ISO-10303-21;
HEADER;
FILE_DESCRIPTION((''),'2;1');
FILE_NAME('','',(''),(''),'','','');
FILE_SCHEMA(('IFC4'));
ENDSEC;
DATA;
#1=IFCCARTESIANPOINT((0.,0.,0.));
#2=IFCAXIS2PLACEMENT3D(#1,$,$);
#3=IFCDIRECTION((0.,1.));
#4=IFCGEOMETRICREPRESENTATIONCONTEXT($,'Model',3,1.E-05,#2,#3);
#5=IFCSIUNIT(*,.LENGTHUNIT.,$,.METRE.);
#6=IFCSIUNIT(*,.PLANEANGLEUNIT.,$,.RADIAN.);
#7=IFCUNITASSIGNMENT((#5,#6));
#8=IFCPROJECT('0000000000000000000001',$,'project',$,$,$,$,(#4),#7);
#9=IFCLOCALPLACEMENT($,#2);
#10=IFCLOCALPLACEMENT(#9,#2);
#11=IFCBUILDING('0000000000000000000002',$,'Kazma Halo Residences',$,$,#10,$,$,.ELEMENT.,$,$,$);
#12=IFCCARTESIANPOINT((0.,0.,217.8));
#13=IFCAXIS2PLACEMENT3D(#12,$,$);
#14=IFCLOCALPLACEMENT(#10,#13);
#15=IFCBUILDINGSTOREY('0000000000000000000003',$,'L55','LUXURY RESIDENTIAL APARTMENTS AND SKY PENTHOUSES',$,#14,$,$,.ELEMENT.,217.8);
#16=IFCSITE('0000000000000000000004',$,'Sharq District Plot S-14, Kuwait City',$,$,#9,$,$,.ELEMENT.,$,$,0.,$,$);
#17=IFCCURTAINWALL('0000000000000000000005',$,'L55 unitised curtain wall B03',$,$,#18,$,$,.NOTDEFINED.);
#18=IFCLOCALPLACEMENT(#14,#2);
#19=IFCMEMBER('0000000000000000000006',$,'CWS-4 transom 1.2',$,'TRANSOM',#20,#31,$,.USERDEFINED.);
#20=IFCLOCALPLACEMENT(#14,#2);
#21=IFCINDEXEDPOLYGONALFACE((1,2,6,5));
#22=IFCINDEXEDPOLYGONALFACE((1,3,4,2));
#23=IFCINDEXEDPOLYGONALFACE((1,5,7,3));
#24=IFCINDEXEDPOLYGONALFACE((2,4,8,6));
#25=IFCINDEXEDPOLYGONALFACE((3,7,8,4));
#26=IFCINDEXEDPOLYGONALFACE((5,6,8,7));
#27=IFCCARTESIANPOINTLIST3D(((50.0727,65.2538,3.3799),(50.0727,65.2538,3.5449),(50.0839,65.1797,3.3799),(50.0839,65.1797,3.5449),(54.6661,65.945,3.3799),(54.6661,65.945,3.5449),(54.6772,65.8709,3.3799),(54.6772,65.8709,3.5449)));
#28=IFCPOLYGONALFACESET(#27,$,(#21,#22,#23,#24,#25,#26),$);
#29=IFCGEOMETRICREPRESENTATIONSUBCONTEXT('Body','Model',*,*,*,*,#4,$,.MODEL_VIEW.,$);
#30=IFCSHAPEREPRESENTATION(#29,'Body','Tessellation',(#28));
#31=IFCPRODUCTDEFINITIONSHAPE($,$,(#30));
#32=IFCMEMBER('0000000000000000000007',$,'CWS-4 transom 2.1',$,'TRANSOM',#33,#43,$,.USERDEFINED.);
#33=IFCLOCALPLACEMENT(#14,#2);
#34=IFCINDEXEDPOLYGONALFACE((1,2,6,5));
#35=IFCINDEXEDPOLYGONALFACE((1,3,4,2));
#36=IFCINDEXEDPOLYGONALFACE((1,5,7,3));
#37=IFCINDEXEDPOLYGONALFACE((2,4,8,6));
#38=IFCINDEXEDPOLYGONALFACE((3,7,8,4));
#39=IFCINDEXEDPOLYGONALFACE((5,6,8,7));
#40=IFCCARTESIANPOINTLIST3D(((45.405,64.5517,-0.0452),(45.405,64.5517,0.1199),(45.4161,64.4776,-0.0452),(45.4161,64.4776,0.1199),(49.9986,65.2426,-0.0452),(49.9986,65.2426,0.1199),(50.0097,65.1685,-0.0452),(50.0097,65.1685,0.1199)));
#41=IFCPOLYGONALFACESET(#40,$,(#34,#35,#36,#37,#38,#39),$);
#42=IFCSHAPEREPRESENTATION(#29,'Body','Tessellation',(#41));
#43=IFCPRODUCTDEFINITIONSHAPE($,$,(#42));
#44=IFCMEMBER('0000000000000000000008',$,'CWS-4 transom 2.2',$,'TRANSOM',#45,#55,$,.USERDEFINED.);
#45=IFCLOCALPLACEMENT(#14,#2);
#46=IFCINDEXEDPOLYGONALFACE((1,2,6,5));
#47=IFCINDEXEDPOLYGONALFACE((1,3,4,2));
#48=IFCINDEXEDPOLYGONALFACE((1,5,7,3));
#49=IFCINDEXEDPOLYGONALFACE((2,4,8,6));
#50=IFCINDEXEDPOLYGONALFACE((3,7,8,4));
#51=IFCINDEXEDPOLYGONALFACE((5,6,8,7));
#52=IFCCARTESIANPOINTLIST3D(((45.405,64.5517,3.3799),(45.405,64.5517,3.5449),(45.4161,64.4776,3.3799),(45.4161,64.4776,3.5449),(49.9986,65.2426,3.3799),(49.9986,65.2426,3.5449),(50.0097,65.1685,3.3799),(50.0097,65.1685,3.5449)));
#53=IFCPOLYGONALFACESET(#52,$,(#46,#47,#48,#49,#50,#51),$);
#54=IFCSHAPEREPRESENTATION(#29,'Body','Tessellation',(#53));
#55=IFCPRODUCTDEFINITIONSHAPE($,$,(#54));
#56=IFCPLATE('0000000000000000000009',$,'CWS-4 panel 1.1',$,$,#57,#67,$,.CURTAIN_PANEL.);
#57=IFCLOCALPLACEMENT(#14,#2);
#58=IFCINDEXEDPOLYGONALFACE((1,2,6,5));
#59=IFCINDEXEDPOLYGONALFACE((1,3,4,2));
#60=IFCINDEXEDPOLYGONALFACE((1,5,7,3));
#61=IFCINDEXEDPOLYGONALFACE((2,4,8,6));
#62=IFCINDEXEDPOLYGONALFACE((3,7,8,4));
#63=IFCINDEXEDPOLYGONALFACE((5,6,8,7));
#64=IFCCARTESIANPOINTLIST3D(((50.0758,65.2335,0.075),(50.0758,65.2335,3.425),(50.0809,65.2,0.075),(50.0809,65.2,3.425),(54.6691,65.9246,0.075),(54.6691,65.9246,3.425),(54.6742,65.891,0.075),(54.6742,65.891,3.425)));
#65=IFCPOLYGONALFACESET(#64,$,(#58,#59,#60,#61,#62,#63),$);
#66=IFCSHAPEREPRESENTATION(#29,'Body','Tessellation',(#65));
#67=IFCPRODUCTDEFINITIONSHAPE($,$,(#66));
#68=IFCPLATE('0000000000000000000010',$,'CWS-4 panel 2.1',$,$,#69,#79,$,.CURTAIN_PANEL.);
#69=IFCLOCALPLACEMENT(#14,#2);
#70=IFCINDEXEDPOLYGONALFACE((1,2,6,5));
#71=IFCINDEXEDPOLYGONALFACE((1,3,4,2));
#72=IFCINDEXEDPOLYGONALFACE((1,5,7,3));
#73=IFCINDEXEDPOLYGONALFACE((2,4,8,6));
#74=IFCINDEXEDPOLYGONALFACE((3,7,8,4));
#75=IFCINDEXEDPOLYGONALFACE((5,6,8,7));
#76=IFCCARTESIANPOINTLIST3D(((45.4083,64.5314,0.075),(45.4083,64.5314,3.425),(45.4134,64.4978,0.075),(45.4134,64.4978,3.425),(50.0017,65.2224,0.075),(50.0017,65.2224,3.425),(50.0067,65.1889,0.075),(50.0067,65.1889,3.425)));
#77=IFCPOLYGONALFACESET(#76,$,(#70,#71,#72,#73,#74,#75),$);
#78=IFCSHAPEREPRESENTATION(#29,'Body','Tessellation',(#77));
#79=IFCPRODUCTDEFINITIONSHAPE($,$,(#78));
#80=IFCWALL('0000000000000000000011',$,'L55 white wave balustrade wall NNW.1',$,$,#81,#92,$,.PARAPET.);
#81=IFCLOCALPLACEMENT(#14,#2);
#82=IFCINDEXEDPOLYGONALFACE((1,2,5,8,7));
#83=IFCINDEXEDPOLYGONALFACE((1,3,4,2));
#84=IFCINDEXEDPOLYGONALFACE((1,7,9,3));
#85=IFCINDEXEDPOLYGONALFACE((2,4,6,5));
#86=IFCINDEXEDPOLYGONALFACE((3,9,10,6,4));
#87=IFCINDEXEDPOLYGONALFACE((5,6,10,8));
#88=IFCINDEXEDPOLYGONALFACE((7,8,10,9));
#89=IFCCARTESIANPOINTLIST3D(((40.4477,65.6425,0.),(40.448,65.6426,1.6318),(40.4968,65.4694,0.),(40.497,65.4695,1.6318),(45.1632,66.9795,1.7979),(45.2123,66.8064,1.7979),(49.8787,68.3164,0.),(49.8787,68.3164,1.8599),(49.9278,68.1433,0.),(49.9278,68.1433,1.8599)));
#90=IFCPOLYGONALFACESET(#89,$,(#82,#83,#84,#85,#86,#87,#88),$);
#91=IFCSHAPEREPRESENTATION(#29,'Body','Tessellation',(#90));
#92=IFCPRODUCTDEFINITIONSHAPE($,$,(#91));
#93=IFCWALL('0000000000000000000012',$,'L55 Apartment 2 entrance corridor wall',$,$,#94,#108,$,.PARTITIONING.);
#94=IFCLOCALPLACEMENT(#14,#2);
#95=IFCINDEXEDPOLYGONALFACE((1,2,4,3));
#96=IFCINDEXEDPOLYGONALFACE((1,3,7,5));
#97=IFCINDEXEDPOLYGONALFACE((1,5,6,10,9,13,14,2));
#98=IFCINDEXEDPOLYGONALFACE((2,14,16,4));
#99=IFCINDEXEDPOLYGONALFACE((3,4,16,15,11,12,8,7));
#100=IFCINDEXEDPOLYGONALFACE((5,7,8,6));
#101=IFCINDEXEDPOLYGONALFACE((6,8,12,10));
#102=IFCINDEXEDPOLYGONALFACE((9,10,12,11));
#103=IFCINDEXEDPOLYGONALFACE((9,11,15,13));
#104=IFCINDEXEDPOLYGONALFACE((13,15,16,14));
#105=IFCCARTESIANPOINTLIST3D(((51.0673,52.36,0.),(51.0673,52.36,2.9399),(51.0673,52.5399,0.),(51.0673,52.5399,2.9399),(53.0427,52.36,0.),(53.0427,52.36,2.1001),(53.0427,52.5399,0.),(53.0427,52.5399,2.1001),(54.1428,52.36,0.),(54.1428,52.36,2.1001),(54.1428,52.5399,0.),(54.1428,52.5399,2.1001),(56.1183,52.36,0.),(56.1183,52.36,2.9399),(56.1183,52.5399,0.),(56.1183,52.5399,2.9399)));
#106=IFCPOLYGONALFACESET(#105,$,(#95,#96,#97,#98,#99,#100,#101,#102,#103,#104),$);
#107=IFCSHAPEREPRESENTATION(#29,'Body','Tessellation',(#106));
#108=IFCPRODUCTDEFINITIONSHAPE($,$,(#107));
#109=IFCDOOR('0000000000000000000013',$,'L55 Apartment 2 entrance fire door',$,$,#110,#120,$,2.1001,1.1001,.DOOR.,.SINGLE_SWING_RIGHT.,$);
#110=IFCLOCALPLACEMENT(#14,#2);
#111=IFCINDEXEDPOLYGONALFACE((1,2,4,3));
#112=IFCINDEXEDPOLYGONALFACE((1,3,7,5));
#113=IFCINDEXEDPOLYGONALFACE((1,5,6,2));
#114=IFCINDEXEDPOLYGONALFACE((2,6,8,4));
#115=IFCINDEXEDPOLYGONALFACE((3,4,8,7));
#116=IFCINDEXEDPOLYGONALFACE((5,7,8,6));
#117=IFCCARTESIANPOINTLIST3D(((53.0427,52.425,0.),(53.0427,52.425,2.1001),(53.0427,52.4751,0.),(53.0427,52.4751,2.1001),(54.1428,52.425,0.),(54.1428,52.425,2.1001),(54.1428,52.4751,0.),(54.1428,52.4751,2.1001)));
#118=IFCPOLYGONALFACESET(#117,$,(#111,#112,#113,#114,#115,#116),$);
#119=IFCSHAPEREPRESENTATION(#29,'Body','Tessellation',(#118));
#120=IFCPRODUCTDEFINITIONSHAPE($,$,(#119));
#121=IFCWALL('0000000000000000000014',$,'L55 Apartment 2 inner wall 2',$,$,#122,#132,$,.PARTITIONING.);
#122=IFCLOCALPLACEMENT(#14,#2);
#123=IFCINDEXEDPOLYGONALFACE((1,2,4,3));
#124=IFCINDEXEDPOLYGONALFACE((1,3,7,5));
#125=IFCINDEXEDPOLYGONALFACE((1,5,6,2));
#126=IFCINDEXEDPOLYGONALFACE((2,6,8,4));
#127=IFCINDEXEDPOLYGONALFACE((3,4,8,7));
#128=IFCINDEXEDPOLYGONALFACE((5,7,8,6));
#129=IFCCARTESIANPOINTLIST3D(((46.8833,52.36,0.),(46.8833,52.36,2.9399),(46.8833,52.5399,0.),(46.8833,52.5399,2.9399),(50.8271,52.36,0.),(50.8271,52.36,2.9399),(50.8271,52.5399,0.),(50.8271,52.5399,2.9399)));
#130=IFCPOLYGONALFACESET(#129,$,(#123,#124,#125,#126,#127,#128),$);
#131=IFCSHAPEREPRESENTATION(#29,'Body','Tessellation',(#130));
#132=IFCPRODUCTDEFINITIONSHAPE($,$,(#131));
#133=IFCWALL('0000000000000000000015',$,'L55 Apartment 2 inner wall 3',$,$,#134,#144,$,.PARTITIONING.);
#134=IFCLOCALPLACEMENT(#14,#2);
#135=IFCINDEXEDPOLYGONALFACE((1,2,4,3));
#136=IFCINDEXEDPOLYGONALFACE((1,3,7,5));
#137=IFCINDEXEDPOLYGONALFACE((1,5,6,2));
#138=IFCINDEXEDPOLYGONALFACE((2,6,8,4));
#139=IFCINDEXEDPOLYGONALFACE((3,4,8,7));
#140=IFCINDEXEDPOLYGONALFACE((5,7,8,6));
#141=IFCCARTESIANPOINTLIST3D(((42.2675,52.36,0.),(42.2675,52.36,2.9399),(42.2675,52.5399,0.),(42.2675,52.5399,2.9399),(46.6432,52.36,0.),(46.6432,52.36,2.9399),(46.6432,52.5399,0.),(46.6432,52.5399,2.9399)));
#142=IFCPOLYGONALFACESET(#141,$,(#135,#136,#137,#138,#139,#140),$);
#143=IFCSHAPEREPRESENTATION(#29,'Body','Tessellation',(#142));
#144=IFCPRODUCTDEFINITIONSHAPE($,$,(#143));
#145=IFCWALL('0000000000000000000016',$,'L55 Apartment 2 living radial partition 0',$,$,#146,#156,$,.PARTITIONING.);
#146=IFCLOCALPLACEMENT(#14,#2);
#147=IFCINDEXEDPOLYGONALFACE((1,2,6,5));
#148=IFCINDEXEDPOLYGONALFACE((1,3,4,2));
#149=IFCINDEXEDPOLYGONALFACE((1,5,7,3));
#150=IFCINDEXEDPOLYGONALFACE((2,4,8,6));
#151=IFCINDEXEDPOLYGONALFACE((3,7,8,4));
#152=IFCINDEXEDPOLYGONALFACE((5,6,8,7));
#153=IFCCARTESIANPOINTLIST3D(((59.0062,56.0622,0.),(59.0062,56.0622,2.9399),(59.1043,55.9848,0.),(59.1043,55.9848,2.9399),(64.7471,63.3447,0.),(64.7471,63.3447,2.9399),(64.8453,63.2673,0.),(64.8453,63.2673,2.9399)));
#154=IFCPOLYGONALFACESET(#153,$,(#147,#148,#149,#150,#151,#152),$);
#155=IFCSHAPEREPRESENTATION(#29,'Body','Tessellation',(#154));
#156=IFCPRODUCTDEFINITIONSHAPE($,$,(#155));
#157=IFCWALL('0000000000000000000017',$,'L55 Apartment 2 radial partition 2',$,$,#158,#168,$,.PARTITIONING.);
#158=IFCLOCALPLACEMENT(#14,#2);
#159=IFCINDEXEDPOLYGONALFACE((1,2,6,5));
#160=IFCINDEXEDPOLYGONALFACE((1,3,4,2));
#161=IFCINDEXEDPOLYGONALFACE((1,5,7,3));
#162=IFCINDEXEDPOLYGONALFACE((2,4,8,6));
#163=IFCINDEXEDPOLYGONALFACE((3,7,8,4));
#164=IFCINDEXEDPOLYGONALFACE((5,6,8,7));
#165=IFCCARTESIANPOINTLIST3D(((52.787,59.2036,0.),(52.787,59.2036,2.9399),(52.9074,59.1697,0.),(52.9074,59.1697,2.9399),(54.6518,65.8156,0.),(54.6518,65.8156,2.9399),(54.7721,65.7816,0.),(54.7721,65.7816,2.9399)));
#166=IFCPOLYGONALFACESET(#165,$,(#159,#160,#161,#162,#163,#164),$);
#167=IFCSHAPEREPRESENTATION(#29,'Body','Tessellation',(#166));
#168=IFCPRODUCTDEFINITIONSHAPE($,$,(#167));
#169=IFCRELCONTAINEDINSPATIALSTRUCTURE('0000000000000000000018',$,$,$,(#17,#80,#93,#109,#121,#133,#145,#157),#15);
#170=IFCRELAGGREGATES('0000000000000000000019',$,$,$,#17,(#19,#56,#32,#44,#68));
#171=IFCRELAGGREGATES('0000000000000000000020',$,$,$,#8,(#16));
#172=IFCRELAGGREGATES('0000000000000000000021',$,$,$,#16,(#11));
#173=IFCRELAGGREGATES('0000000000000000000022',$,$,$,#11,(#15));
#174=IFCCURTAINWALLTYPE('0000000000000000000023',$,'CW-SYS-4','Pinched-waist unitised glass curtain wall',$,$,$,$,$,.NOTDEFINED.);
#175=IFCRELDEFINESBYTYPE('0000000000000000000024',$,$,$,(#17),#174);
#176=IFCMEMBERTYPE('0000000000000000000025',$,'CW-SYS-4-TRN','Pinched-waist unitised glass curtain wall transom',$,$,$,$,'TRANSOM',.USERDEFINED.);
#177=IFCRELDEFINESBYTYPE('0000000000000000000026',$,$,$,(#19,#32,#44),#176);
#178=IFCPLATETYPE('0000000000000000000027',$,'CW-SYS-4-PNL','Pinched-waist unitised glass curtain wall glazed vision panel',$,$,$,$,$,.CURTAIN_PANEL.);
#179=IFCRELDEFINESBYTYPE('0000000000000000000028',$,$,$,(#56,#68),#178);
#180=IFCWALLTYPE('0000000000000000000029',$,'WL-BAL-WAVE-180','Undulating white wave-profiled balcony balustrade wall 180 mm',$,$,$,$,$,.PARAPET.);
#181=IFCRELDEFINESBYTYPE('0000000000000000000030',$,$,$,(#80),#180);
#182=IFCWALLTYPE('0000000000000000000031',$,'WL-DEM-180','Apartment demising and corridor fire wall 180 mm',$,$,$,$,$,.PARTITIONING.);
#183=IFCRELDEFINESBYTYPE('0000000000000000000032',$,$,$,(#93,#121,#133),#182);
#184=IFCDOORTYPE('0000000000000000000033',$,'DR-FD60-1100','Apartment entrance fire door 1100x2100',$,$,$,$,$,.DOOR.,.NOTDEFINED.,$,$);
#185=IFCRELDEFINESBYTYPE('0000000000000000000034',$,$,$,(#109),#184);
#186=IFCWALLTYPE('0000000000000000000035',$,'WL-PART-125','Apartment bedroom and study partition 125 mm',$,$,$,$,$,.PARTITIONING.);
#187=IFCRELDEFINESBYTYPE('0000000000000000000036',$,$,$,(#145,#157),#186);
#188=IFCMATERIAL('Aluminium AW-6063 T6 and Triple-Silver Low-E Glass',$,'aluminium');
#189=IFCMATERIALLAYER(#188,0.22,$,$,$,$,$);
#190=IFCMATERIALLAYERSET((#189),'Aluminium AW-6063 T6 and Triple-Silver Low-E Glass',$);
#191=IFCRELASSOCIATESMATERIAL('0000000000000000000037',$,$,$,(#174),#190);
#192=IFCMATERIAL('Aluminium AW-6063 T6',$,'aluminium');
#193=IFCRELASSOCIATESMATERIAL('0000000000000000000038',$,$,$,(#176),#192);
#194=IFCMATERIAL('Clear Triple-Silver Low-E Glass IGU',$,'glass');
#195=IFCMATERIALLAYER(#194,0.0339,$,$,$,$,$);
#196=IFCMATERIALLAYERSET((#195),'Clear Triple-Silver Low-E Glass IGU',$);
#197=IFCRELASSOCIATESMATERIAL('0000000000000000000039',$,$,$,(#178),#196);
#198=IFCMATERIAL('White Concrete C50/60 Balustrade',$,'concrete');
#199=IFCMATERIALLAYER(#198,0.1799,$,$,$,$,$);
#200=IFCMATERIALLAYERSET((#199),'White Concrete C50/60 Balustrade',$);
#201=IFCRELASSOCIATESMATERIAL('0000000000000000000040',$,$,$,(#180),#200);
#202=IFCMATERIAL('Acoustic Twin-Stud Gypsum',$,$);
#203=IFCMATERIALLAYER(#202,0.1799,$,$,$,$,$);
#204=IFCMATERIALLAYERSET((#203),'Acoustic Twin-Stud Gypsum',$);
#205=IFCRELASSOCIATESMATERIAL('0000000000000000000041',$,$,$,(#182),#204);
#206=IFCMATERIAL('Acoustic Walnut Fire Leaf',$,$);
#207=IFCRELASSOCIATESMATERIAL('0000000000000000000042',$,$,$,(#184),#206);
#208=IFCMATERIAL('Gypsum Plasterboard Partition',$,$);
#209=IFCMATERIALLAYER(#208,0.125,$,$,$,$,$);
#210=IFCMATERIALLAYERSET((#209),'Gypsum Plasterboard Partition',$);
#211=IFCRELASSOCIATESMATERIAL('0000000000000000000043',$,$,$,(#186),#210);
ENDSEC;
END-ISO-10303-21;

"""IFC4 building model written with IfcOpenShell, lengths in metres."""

from ifc_helpers import new_model, si_unit, direction, frame, frame_2d, origin, origin_2d, place, context, subcontext, project, spatial, polyline, rectangle, outline, extrude, material, layer, layer_set, material_profile, profile_set, type_object, element, fill, aggregate, save


model = new_model("IFC4")

# Units and contexts
model_context = context("Model", 3, precision=1e-05, world=origin(), true_north=direction((0.0, 1.0)))
body_context = subcontext(model_context, "Body", "Model", "MODEL_VIEW")
ifc_project = project(units=[si_unit("LENGTHUNIT", "METRE"), si_unit("PLANEANGLEUNIT", "RADIAN")], contexts=[model_context])

# Site, building, storey
site_placement = place(None, origin())
site = spatial("IfcSite", under=ifc_project, at=site_placement, Name="Sharq District Plot S-14, Kuwait City", CompositionType="ELEMENT", RefElevation=0.0)
building_placement = place(site_placement, origin())
building = spatial("IfcBuilding", under=site, at=building_placement, Name="Kazma Halo Residences", CompositionType="ELEMENT")
storey_placement = place(building_placement, frame((0.0, 0.0, 217.8)))
storey = spatial("IfcBuildingStorey", under=building, at=storey_placement, Name="L55", Description="LUXURY RESIDENTIAL APARTMENTS AND SKY PENTHOUSES", CompositionType="ELEMENT", Elevation=217.8)

# Curtain wall, members, plates
ifc_material_1 = material(Name="Aluminium AW-6063 T6 and Triple-Silver Low-E Glass", Category="aluminium")
ifc_layer_1 = layer(ifc_material_1, 0.22)
ifc_layer_set_1 = layer_set([ifc_layer_1], Name="Aluminium AW-6063 T6 and Triple-Silver Low-E Glass")
curtain_wall_type = type_object("IfcCurtainWallType", Name="CW-SYS-4", Description="Pinched-waist unitised glass curtain wall", PredefinedType="NOTDEFINED", material=ifc_layer_set_1)
curtain_wall_placement = place(storey_placement, origin())
curtain_wall = element("IfcCurtainWall", 1, at=curtain_wall_placement, inside=storey, type_object=curtain_wall_type, Name="L55 unitised curtain wall B03", PredefinedType="NOTDEFINED")
ifc_material_2 = material(Name="Aluminium AW-6063 T6", Category="aluminium")
ifc_material_profile_1 = material_profile(ifc_material_2, rectangle(XDim=0.075, YDim=0.165, at=origin_2d()), Name="CWT-75x165")
ifc_profile_set_1 = profile_set([ifc_material_profile_1], Name="Aluminium AW-6063 T6")
member_type_1 = type_object("IfcMemberType", Name="CW-SYS-4-TRN", Description="Pinched-waist unitised glass curtain wall transom", ElementType="TRANSOM", PredefinedType="USERDEFINED", material=ifc_profile_set_1)
member_1_placement = place(storey_placement, frame((54.6716, 65.908, 3.4624), z_axis=(-0.988868, -0.148798, 0.0), x_axis=(0.148798, -0.988868, 0.0)))
member_1 = element("IfcMember", 2, at=member_1_placement, type_object=member_type_1, Name="CWS-4 transom 1.2", ObjectType="TRANSOM", PredefinedType="USERDEFINED", context=body_context, shape_type="SweptSolid", body=[
    extrude(rectangle(XDim=0.075, YDim=0.165, at=origin_2d()), origin(), (0.0, 0.0, 1.0), 4.645),
])
member_2_placement = place(storey_placement, frame((50.0042, 65.2056, 0.0374), z_axis=(-0.988877, -0.148739, 0.0), x_axis=(0.148739, -0.988877, 0.0)))
member_2 = element("IfcMember", 3, at=member_2_placement, type_object=member_type_1, Name="CWS-4 transom 2.1", ObjectType="TRANSOM", PredefinedType="USERDEFINED", context=body_context, shape_type="SweptSolid", body=[
    extrude(rectangle(XDim=0.075, YDim=0.165, at=origin_2d()), origin(), (0.0, 0.0, 1.0), 4.6453),
])
member_3_placement = place(storey_placement, frame((50.0042, 65.2056, 3.4624), z_axis=(-0.988877, -0.148739, 0.0), x_axis=(0.148739, -0.988877, 0.0)))
member_3 = element("IfcMember", 4, at=member_3_placement, type_object=member_type_1, Name="CWS-4 transom 2.2", ObjectType="TRANSOM", PredefinedType="USERDEFINED", context=body_context, shape_type="SweptSolid", body=[
    extrude(rectangle(XDim=0.075, YDim=0.165, at=origin_2d()), origin(), (0.0, 0.0, 1.0), 4.6453),
])
ifc_material_3 = material(Name="Clear Triple-Silver Low-E Glass IGU", Category="glass")
ifc_layer_2 = layer(ifc_material_3, 0.0339)
ifc_layer_set_2 = layer_set([ifc_layer_2], Name="Clear Triple-Silver Low-E Glass IGU")
plate_type = type_object("IfcPlateType", Name="CW-SYS-4-PNL", Description="Pinched-waist unitised glass curtain wall glazed vision panel", PredefinedType="CURTAIN_PANEL", material=ifc_layer_set_2)
plate_1_placement = place(storey_placement, frame((52.375, 65.5623, 0.075), z_axis=(0.0, 0.0, 1.0), x_axis=(-0.988871, -0.148773, 0.0)))
plate_1 = element("IfcPlate", 5, at=plate_1_placement, type_object=plate_type, Name="CWS-4 panel 1.1", PredefinedType="CURTAIN_PANEL", context=body_context, shape_type="SweptSolid", body=[
    extrude(rectangle(XDim=4.645, YDim=0.0339, at=origin_2d()), origin(), (0.0, 0.0, 1.0), 3.3501),
])
plate_2_placement = place(storey_placement, frame((47.7075, 64.8601, 0.075), z_axis=(0.0, 0.0, 1.0), x_axis=(-0.988871, -0.148773, 0.0)))
plate_2 = element("IfcPlate", 6, at=plate_2_placement, type_object=plate_type, Name="CWS-4 panel 2.1", PredefinedType="CURTAIN_PANEL", context=body_context, shape_type="SweptSolid", body=[
    extrude(rectangle(XDim=4.645, YDim=0.0339, at=origin_2d()), origin(), (0.0, 0.0, 1.0), 3.3501),
])
aggregate(curtain_wall, [member_1, plate_1, member_2, member_3, plate_2])

# Wall
ifc_material_4 = material(Name="White Concrete C50/60 Balustrade", Category="concrete")
ifc_layer_3 = layer(ifc_material_4, 0.1799)
ifc_layer_set_3 = layer_set([ifc_layer_3], Name="White Concrete C50/60 Balustrade")
wall_type_1 = type_object("IfcWallType", Name="WL-BAL-WAVE-180", Description="Undulating white wave-profiled balcony balustrade wall 180 mm", PredefinedType="PARAPET", material=ifc_layer_set_3)
wall_1_placement = place(storey_placement, frame((49.9033, 68.2297, 0.0), z_axis=(0.0, 0.0, 1.0), x_axis=(-0.96208, -0.272767, 0.0)))
element("IfcWall", 7, at=wall_1_placement, inside=storey, type_object=wall_type_1, Name="L55 white wave balustrade wall NNW.1", PredefinedType="PARAPET", context=body_context, shape_type="SweptSolid", body=[
    extrude(outline(polyline([(0.0, 0.0), (9.8027, 0.0), (9.8025, 1.6318), (4.9014, 1.7979), (0.0, 1.8599), (0.0, 0.0)])), frame((0.0, 0.0898, 0.0), z_axis=(0.0, -1.0, 0.0), x_axis=(1.0, 0.0, 0.0)), (0.0, 0.0, 1.0), 0.1799),
])

# Wall, opening, door
ifc_material_5 = material(Name="Acoustic Twin-Stud Gypsum")
ifc_layer_4 = layer(ifc_material_5, 0.1799)
ifc_layer_set_4 = layer_set([ifc_layer_4], Name="Acoustic Twin-Stud Gypsum")
wall_type_2 = type_object("IfcWallType", Name="WL-DEM-180", Description="Apartment demising and corridor fire wall 180 mm", PredefinedType="PARTITIONING", material=ifc_layer_set_4)
wall_2_placement = place(storey_placement, frame((56.1182, 52.45, 0.0), z_axis=(0.0, 0.0, 1.0), x_axis=(-1.0, 0.0, 0.0)))
wall_2 = element("IfcWall", 8, at=wall_2_placement, inside=storey, type_object=wall_type_2, Name="L55 Apartment 2 entrance corridor wall", PredefinedType="PARTITIONING", context=body_context, shape_type="SweptSolid", body=[
    extrude(rectangle(XDim=5.051, YDim=0.1799, at=frame_2d((2.5254, 0.0))), origin(), (0.0, 0.0, 1.0), 2.9399),
])
opening_1_placement = place(wall_2_placement, frame((1.9753, 0.0, 0.0)))
opening_1 = element("IfcOpeningElement", 9, at=opening_1_placement, cuts=wall_2, PredefinedType="OPENING", context=body_context, shape_type="SweptSolid", body=[
    extrude(rectangle(XDim=1.1001, YDim=2.1001, at=frame_2d((0.55, 1.05))), frame((0.0, 0.0999, 0.0), z_axis=(0.0, -1.0, 0.0), x_axis=(1.0, 0.0, 0.0)), (0.0, 0.0, 1.0), 0.2),
])
ifc_material_6 = material(Name="Acoustic Walnut Fire Leaf")
door_type_1 = type_object("IfcDoorType", Name="DR-FD60-1100", Description="Apartment entrance fire door 1100x2100", OperationType="NOTDEFINED", PredefinedType="DOOR", material=ifc_material_6)
door_1_placement = place(opening_1_placement, origin())
door_1 = element("IfcDoor", 10, at=door_1_placement, inside=storey, type_object=door_type_1, Name="L55 Apartment 2 entrance fire door", OperationType="SINGLE_SWING_RIGHT", OverallHeight=2.1001, OverallWidth=1.1001, PredefinedType="DOOR", context=body_context, shape_type="SweptSolid", body=[
    extrude(rectangle(XDim=1.1001, YDim=2.1001, at=frame_2d((0.55, 1.05))), frame((0.0, 0.0249, 0.0), z_axis=(0.0, -1.0, 0.0), x_axis=(1.0, 0.0, 0.0)), (0.0, 0.0, 1.0), 0.05),
])
fill(opening_1, door_1)

# Walls
wall_3_placement = place(storey_placement, frame((50.8271, 52.45, 0.0), z_axis=(0.0, 0.0, 1.0), x_axis=(-1.0, 0.0, 0.0)))
element("IfcWall", 11, at=wall_3_placement, inside=storey, type_object=wall_type_2, Name="L55 Apartment 2 inner wall 2", PredefinedType="PARTITIONING", context=body_context, shape_type="SweptSolid", body=[
    extrude(rectangle(XDim=3.9438, YDim=0.1799, at=frame_2d((1.9719, 0.0))), origin(), (0.0, 0.0, 1.0), 2.9399),
])
wall_4_placement = place(storey_placement, frame((46.6433, 52.45, 0.0), z_axis=(0.0, 0.0, 1.0), x_axis=(-1.0, 0.0, 0.0)))
element("IfcWall", 12, at=wall_4_placement, inside=storey, type_object=wall_type_2, Name="L55 Apartment 2 inner wall 3", PredefinedType="PARTITIONING", context=body_context, shape_type="SweptSolid", body=[
    extrude(rectangle(XDim=4.3757, YDim=0.1799, at=frame_2d((2.188, 0.0))), origin(), (0.0, 0.0, 1.0), 2.9399),
])
ifc_material_7 = material(Name="Gypsum Plasterboard Partition")
ifc_layer_5 = layer(ifc_material_7, 0.125)
ifc_layer_set_5 = layer_set([ifc_layer_5], Name="Gypsum Plasterboard Partition")
wall_type_3 = type_object("IfcWallType", Name="WL-PART-125", Description="Apartment bedroom and study partition 125 mm", PredefinedType="PARTITIONING", material=ifc_layer_set_5)
wall_5_placement = place(storey_placement, frame((59.0552, 56.0234, 0.0), z_axis=(0.0, 0.0, 1.0), x_axis=(0.619089, 0.785321, 0.0)))
element("IfcWall", 13, at=wall_5_placement, inside=storey, type_object=wall_type_3, Name="L55 Apartment 2 living radial partition 0", PredefinedType="PARTITIONING", context=body_context, shape_type="SweptSolid", body=[
    extrude(rectangle(XDim=9.2732, YDim=0.125, at=frame_2d((4.6367, 0.0))), origin(), (0.0, 0.0, 1.0), 2.9399),
])
wall_6_placement = place(storey_placement, frame((52.8472, 59.1865, 0.0), z_axis=(0.0, 0.0, 1.0), x_axis=(0.271434, 0.962457, 0.0)))
element("IfcWall", 14, at=wall_6_placement, inside=storey, type_object=wall_type_3, Name="L55 Apartment 2 radial partition 2", PredefinedType="PARTITIONING", context=body_context, shape_type="SweptSolid", body=[
    extrude(rectangle(XDim=6.8699, YDim=0.125, at=frame_2d((3.4351, 0.0))), origin(), (0.0, 0.0, 1.0), 2.9399),
])

save(model, "model.ifc")
